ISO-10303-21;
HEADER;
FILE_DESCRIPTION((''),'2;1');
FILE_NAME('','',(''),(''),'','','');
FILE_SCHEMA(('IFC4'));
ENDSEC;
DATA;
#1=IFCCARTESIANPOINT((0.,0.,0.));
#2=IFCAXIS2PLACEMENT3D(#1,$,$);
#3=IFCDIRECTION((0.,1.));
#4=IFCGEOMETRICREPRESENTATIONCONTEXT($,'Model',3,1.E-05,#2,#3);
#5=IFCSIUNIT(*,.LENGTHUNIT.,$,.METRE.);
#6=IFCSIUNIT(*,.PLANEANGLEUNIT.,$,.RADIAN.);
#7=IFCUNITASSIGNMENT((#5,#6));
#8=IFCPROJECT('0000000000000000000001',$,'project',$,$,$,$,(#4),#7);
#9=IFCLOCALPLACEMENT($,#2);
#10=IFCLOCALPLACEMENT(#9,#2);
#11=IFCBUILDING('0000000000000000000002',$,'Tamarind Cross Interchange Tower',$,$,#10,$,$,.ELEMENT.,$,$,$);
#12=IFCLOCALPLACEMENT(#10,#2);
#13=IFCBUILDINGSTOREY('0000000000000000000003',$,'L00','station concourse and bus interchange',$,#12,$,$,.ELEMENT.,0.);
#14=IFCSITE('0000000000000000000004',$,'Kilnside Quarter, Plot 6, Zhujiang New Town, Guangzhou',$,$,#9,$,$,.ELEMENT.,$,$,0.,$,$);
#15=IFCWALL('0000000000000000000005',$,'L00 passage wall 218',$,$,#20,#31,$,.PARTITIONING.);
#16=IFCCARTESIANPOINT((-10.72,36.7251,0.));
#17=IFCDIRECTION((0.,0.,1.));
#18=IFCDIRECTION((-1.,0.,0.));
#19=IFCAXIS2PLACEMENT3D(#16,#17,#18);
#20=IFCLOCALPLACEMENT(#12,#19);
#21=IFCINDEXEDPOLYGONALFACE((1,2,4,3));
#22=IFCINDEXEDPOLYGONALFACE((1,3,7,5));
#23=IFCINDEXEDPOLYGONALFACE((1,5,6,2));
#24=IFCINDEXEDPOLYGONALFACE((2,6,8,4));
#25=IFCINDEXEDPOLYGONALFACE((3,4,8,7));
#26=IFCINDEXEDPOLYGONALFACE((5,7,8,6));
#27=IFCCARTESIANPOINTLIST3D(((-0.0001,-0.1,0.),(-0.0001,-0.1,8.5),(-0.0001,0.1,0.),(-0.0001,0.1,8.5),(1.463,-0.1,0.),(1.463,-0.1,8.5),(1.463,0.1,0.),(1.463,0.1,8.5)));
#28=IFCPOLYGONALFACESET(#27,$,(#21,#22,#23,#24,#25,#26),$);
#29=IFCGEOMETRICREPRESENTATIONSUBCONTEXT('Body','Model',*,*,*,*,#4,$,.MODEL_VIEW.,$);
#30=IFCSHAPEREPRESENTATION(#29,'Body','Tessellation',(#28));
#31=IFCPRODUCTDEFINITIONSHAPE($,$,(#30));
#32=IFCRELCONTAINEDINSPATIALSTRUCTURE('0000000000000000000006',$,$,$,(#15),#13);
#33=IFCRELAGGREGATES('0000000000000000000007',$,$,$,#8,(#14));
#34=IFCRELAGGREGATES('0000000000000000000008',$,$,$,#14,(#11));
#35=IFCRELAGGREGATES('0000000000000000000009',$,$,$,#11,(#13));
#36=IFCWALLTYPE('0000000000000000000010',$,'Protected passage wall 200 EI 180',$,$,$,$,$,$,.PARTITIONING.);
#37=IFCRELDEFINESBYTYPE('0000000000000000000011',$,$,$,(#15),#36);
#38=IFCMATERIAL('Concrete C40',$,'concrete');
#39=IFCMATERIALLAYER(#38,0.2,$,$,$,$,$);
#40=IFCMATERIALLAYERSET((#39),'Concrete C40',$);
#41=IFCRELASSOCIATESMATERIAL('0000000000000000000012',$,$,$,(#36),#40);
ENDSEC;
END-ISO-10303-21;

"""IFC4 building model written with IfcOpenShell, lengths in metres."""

from ifc_helpers import new_model, si_unit, direction, frame, frame_2d, origin, place, context, subcontext, project, spatial, rectangle, extrude, material, layer, layer_set, type_object, element, save


model = new_model("IFC4")

# Units and contexts
model_context = context("Model", 3, precision=1e-05, world=origin(), true_north=direction((0.0, 1.0)))
body_context = subcontext(model_context, "Body", "Model", "MODEL_VIEW")
ifc_project = project(units=[si_unit("LENGTHUNIT", "METRE"), si_unit("PLANEANGLEUNIT", "RADIAN")], contexts=[model_context])

# Site, building, storey
site_placement = place(None, origin())
site = spatial("IfcSite", under=ifc_project, at=site_placement, Name="Kilnside Quarter, Plot 6, Zhujiang New Town, Guangzhou", CompositionType="ELEMENT", RefElevation=0.0)
building_placement = place(site_placement, origin())
building = spatial("IfcBuilding", under=site, at=building_placement, Name="Tamarind Cross Interchange Tower", CompositionType="ELEMENT")
storey_placement = place(building_placement, origin())
storey = spatial("IfcBuildingStorey", under=building, at=storey_placement, Name="L00", Description="station concourse and bus interchange", CompositionType="ELEMENT", Elevation=0.0)

# Wall
ifc_material_1 = material(Name="Concrete C40", Category="concrete")
ifc_layer_1 = layer(ifc_material_1, 0.2)
ifc_layer_set_1 = layer_set([ifc_layer_1], Name="Concrete C40")
wall_type_1 = type_object("IfcWallType", Name="Protected passage wall 200 EI 180", PredefinedType="PARTITIONING", material=ifc_layer_set_1)
wall_1_placement = place(storey_placement, frame((-10.72, 36.7251, 0.0), z_axis=(0.0, 0.0, 1.0), x_axis=(-1.0, 0.0, 0.0)))
element("IfcWall", 1, at=wall_1_placement, inside=storey, type_object=wall_type_1, Name="L00 passage wall 218", PredefinedType="PARTITIONING", context=body_context, shape_type="SweptSolid", body=[
    extrude(rectangle(XDim=1.4631, YDim=0.2, at=frame_2d((0.7314, 0.0))), origin(), (0.0, 0.0, 1.0), 8.5),
])

save(model, "model.ifc")
